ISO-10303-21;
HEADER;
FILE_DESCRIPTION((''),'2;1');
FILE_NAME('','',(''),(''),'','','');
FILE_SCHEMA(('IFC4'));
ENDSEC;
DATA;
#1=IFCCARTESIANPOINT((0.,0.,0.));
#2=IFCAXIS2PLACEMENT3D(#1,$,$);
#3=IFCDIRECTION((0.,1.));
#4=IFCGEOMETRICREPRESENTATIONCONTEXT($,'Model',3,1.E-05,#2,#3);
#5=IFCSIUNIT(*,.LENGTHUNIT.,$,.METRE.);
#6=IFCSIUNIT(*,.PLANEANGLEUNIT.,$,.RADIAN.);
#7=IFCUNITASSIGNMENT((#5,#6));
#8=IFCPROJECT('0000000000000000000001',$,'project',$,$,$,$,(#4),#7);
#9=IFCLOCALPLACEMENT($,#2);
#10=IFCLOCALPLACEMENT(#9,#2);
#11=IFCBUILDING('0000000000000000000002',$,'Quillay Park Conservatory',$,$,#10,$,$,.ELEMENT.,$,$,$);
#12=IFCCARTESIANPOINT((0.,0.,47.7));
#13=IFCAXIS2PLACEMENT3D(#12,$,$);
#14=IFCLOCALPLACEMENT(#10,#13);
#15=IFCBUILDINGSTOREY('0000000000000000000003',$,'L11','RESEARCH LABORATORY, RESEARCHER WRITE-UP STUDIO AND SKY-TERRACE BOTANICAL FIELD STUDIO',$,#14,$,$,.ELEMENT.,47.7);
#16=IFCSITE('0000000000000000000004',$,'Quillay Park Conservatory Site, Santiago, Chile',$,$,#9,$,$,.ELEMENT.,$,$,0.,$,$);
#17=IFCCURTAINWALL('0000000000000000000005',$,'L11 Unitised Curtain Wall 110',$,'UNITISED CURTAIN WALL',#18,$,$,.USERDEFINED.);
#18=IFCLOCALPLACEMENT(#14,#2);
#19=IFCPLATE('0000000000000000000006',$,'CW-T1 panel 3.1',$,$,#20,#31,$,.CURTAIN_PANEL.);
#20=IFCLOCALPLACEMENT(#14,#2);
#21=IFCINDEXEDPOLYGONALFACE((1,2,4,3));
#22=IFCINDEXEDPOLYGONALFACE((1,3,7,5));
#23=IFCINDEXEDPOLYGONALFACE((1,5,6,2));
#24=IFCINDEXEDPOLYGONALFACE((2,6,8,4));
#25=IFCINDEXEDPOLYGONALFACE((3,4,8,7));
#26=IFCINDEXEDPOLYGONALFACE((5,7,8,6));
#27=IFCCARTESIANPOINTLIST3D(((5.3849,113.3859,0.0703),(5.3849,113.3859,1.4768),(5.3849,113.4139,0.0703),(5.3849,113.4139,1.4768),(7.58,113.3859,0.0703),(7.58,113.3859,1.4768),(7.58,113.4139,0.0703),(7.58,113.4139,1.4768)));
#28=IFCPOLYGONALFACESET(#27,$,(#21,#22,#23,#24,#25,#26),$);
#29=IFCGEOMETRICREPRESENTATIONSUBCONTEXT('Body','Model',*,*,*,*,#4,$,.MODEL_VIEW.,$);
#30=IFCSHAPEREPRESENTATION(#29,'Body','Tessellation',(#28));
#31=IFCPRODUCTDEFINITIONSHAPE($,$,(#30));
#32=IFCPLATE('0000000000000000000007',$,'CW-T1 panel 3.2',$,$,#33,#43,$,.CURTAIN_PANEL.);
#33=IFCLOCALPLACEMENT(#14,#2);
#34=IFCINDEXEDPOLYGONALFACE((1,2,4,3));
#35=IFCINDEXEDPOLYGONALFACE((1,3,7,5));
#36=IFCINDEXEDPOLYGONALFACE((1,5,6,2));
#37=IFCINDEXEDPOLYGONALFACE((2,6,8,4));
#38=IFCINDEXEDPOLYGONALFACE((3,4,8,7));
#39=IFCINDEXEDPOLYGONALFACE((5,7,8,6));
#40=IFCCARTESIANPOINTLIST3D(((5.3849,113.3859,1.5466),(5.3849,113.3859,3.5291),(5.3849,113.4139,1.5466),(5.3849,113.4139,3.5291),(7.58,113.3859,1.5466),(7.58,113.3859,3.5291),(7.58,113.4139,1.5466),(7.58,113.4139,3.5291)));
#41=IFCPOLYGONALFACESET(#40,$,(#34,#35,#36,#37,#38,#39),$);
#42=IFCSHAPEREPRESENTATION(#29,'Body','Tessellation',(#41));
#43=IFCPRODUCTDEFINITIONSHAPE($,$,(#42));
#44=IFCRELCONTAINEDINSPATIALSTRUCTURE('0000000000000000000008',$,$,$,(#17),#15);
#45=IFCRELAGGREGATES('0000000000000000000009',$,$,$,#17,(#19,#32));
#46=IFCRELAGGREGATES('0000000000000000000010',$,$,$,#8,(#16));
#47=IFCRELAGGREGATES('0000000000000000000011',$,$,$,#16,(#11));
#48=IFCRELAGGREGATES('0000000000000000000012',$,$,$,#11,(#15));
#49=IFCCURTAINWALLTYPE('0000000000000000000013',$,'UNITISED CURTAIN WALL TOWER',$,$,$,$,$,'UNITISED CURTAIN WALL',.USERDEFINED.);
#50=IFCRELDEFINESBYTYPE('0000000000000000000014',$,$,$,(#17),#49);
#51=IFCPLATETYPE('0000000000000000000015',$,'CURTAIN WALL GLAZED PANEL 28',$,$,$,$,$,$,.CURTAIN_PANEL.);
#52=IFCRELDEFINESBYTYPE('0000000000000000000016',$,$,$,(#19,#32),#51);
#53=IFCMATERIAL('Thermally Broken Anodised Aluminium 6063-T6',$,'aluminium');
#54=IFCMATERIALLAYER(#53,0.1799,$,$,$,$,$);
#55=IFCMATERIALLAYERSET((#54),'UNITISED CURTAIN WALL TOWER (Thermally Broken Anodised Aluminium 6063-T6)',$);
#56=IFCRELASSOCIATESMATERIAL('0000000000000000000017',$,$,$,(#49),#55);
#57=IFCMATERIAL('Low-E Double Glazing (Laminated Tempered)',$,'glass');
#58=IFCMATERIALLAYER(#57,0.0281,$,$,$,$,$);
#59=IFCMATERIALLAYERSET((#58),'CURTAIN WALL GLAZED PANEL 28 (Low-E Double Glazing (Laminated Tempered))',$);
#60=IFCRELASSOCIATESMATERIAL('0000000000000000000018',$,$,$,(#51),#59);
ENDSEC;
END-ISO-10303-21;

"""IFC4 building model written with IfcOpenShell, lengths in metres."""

from ifc_helpers import new_model, si_unit, direction, frame, origin, origin_2d, place, context, subcontext, project, spatial, rectangle, extrude, material, layer, layer_set, type_object, element, aggregate, save


model = new_model("IFC4")

# Units and contexts
model_context = context("Model", 3, precision=1e-05, world=origin(), true_north=direction((0.0, 1.0)))
body_context = subcontext(model_context, "Body", "Model", "MODEL_VIEW")
ifc_project = project(units=[si_unit("LENGTHUNIT", "METRE"), si_unit("PLANEANGLEUNIT", "RADIAN")], contexts=[model_context])

# Site, building, storey
site_placement = place(None, origin())
site = spatial("IfcSite", under=ifc_project, at=site_placement, Name="Quillay Park Conservatory Site, Santiago, Chile", CompositionType="ELEMENT", RefElevation=0.0)
building_placement = place(site_placement, origin())
building = spatial("IfcBuilding", under=site, at=building_placement, Name="Quillay Park Conservatory", CompositionType="ELEMENT")
storey_placement = place(building_placement, frame((0.0, 0.0, 47.7)))
storey = spatial("IfcBuildingStorey", under=building, at=storey_placement, Name="L11", Description="RESEARCH LABORATORY, RESEARCHER WRITE-UP STUDIO AND SKY-TERRACE BOTANICAL FIELD STUDIO", CompositionType="ELEMENT", Elevation=47.7)

# Curtain wall
ifc_material_1 = material(Name="Thermally Broken Anodised Aluminium 6063-T6", Category="aluminium")
ifc_layer_1 = layer(ifc_material_1, 0.1799)
ifc_layer_set_1 = layer_set([ifc_layer_1], Name="UNITISED CURTAIN WALL TOWER (Thermally Broken Anodised Aluminium 6063-T6)")
curtain_wall_type = type_object("IfcCurtainWallType", Name="UNITISED CURTAIN WALL TOWER", ElementType="UNITISED CURTAIN WALL", PredefinedType="USERDEFINED", material=ifc_layer_set_1)
curtain_wall_1_placement = place(storey_placement, origin())
curtain_wall_1 = element("IfcCurtainWall", 1, at=curtain_wall_1_placement, inside=storey, type_object=curtain_wall_type, Name="L11 Unitised Curtain Wall 110", ObjectType="UNITISED CURTAIN WALL", PredefinedType="USERDEFINED")

# Plates
ifc_material_2 = material(Name="Low-E Double Glazing (Laminated Tempered)", Category="glass")
ifc_layer_2 = layer(ifc_material_2, 0.0281)
ifc_layer_set_2 = layer_set([ifc_layer_2], Name="CURTAIN WALL GLAZED PANEL 28 (Low-E Double Glazing (Laminated Tempered))")
plate_type = type_object("IfcPlateType", Name="CURTAIN WALL GLAZED PANEL 28", PredefinedType="CURTAIN_PANEL", material=ifc_layer_set_2)
plate_1_placement = place(storey_placement, frame((6.4824, 113.3999, 0.0703), z_axis=(0.0, 0.0, 1.0), x_axis=(1.0, 0.0, 0.0)))
plate_1 = element("IfcPlate", 2, at=plate_1_placement, type_object=plate_type, Name="CW-T1 panel 3.1", PredefinedType="CURTAIN_PANEL", context=body_context, shape_type="SweptSolid", body=[
    extrude(rectangle(XDim=2.1951, YDim=0.0281, at=origin_2d()), origin(), (0.0, 0.0, 1.0), 1.4065),
])
plate_2_placement = place(storey_placement, frame((6.4824, 113.3999, 1.5466), z_axis=(0.0, 0.0, 1.0), x_axis=(1.0, 0.0, 0.0)))
plate_2 = element("IfcPlate", 3, at=plate_2_placement, type_object=plate_type, Name="CW-T1 panel 3.2", PredefinedType="CURTAIN_PANEL", context=body_context, shape_type="SweptSolid", body=[
    extrude(rectangle(XDim=2.1951, YDim=0.0281, at=origin_2d()), origin(), (0.0, 0.0, 1.0), 1.9824),
])
aggregate(curtain_wall_1, [plate_1, plate_2])

save(model, "model.ifc")
